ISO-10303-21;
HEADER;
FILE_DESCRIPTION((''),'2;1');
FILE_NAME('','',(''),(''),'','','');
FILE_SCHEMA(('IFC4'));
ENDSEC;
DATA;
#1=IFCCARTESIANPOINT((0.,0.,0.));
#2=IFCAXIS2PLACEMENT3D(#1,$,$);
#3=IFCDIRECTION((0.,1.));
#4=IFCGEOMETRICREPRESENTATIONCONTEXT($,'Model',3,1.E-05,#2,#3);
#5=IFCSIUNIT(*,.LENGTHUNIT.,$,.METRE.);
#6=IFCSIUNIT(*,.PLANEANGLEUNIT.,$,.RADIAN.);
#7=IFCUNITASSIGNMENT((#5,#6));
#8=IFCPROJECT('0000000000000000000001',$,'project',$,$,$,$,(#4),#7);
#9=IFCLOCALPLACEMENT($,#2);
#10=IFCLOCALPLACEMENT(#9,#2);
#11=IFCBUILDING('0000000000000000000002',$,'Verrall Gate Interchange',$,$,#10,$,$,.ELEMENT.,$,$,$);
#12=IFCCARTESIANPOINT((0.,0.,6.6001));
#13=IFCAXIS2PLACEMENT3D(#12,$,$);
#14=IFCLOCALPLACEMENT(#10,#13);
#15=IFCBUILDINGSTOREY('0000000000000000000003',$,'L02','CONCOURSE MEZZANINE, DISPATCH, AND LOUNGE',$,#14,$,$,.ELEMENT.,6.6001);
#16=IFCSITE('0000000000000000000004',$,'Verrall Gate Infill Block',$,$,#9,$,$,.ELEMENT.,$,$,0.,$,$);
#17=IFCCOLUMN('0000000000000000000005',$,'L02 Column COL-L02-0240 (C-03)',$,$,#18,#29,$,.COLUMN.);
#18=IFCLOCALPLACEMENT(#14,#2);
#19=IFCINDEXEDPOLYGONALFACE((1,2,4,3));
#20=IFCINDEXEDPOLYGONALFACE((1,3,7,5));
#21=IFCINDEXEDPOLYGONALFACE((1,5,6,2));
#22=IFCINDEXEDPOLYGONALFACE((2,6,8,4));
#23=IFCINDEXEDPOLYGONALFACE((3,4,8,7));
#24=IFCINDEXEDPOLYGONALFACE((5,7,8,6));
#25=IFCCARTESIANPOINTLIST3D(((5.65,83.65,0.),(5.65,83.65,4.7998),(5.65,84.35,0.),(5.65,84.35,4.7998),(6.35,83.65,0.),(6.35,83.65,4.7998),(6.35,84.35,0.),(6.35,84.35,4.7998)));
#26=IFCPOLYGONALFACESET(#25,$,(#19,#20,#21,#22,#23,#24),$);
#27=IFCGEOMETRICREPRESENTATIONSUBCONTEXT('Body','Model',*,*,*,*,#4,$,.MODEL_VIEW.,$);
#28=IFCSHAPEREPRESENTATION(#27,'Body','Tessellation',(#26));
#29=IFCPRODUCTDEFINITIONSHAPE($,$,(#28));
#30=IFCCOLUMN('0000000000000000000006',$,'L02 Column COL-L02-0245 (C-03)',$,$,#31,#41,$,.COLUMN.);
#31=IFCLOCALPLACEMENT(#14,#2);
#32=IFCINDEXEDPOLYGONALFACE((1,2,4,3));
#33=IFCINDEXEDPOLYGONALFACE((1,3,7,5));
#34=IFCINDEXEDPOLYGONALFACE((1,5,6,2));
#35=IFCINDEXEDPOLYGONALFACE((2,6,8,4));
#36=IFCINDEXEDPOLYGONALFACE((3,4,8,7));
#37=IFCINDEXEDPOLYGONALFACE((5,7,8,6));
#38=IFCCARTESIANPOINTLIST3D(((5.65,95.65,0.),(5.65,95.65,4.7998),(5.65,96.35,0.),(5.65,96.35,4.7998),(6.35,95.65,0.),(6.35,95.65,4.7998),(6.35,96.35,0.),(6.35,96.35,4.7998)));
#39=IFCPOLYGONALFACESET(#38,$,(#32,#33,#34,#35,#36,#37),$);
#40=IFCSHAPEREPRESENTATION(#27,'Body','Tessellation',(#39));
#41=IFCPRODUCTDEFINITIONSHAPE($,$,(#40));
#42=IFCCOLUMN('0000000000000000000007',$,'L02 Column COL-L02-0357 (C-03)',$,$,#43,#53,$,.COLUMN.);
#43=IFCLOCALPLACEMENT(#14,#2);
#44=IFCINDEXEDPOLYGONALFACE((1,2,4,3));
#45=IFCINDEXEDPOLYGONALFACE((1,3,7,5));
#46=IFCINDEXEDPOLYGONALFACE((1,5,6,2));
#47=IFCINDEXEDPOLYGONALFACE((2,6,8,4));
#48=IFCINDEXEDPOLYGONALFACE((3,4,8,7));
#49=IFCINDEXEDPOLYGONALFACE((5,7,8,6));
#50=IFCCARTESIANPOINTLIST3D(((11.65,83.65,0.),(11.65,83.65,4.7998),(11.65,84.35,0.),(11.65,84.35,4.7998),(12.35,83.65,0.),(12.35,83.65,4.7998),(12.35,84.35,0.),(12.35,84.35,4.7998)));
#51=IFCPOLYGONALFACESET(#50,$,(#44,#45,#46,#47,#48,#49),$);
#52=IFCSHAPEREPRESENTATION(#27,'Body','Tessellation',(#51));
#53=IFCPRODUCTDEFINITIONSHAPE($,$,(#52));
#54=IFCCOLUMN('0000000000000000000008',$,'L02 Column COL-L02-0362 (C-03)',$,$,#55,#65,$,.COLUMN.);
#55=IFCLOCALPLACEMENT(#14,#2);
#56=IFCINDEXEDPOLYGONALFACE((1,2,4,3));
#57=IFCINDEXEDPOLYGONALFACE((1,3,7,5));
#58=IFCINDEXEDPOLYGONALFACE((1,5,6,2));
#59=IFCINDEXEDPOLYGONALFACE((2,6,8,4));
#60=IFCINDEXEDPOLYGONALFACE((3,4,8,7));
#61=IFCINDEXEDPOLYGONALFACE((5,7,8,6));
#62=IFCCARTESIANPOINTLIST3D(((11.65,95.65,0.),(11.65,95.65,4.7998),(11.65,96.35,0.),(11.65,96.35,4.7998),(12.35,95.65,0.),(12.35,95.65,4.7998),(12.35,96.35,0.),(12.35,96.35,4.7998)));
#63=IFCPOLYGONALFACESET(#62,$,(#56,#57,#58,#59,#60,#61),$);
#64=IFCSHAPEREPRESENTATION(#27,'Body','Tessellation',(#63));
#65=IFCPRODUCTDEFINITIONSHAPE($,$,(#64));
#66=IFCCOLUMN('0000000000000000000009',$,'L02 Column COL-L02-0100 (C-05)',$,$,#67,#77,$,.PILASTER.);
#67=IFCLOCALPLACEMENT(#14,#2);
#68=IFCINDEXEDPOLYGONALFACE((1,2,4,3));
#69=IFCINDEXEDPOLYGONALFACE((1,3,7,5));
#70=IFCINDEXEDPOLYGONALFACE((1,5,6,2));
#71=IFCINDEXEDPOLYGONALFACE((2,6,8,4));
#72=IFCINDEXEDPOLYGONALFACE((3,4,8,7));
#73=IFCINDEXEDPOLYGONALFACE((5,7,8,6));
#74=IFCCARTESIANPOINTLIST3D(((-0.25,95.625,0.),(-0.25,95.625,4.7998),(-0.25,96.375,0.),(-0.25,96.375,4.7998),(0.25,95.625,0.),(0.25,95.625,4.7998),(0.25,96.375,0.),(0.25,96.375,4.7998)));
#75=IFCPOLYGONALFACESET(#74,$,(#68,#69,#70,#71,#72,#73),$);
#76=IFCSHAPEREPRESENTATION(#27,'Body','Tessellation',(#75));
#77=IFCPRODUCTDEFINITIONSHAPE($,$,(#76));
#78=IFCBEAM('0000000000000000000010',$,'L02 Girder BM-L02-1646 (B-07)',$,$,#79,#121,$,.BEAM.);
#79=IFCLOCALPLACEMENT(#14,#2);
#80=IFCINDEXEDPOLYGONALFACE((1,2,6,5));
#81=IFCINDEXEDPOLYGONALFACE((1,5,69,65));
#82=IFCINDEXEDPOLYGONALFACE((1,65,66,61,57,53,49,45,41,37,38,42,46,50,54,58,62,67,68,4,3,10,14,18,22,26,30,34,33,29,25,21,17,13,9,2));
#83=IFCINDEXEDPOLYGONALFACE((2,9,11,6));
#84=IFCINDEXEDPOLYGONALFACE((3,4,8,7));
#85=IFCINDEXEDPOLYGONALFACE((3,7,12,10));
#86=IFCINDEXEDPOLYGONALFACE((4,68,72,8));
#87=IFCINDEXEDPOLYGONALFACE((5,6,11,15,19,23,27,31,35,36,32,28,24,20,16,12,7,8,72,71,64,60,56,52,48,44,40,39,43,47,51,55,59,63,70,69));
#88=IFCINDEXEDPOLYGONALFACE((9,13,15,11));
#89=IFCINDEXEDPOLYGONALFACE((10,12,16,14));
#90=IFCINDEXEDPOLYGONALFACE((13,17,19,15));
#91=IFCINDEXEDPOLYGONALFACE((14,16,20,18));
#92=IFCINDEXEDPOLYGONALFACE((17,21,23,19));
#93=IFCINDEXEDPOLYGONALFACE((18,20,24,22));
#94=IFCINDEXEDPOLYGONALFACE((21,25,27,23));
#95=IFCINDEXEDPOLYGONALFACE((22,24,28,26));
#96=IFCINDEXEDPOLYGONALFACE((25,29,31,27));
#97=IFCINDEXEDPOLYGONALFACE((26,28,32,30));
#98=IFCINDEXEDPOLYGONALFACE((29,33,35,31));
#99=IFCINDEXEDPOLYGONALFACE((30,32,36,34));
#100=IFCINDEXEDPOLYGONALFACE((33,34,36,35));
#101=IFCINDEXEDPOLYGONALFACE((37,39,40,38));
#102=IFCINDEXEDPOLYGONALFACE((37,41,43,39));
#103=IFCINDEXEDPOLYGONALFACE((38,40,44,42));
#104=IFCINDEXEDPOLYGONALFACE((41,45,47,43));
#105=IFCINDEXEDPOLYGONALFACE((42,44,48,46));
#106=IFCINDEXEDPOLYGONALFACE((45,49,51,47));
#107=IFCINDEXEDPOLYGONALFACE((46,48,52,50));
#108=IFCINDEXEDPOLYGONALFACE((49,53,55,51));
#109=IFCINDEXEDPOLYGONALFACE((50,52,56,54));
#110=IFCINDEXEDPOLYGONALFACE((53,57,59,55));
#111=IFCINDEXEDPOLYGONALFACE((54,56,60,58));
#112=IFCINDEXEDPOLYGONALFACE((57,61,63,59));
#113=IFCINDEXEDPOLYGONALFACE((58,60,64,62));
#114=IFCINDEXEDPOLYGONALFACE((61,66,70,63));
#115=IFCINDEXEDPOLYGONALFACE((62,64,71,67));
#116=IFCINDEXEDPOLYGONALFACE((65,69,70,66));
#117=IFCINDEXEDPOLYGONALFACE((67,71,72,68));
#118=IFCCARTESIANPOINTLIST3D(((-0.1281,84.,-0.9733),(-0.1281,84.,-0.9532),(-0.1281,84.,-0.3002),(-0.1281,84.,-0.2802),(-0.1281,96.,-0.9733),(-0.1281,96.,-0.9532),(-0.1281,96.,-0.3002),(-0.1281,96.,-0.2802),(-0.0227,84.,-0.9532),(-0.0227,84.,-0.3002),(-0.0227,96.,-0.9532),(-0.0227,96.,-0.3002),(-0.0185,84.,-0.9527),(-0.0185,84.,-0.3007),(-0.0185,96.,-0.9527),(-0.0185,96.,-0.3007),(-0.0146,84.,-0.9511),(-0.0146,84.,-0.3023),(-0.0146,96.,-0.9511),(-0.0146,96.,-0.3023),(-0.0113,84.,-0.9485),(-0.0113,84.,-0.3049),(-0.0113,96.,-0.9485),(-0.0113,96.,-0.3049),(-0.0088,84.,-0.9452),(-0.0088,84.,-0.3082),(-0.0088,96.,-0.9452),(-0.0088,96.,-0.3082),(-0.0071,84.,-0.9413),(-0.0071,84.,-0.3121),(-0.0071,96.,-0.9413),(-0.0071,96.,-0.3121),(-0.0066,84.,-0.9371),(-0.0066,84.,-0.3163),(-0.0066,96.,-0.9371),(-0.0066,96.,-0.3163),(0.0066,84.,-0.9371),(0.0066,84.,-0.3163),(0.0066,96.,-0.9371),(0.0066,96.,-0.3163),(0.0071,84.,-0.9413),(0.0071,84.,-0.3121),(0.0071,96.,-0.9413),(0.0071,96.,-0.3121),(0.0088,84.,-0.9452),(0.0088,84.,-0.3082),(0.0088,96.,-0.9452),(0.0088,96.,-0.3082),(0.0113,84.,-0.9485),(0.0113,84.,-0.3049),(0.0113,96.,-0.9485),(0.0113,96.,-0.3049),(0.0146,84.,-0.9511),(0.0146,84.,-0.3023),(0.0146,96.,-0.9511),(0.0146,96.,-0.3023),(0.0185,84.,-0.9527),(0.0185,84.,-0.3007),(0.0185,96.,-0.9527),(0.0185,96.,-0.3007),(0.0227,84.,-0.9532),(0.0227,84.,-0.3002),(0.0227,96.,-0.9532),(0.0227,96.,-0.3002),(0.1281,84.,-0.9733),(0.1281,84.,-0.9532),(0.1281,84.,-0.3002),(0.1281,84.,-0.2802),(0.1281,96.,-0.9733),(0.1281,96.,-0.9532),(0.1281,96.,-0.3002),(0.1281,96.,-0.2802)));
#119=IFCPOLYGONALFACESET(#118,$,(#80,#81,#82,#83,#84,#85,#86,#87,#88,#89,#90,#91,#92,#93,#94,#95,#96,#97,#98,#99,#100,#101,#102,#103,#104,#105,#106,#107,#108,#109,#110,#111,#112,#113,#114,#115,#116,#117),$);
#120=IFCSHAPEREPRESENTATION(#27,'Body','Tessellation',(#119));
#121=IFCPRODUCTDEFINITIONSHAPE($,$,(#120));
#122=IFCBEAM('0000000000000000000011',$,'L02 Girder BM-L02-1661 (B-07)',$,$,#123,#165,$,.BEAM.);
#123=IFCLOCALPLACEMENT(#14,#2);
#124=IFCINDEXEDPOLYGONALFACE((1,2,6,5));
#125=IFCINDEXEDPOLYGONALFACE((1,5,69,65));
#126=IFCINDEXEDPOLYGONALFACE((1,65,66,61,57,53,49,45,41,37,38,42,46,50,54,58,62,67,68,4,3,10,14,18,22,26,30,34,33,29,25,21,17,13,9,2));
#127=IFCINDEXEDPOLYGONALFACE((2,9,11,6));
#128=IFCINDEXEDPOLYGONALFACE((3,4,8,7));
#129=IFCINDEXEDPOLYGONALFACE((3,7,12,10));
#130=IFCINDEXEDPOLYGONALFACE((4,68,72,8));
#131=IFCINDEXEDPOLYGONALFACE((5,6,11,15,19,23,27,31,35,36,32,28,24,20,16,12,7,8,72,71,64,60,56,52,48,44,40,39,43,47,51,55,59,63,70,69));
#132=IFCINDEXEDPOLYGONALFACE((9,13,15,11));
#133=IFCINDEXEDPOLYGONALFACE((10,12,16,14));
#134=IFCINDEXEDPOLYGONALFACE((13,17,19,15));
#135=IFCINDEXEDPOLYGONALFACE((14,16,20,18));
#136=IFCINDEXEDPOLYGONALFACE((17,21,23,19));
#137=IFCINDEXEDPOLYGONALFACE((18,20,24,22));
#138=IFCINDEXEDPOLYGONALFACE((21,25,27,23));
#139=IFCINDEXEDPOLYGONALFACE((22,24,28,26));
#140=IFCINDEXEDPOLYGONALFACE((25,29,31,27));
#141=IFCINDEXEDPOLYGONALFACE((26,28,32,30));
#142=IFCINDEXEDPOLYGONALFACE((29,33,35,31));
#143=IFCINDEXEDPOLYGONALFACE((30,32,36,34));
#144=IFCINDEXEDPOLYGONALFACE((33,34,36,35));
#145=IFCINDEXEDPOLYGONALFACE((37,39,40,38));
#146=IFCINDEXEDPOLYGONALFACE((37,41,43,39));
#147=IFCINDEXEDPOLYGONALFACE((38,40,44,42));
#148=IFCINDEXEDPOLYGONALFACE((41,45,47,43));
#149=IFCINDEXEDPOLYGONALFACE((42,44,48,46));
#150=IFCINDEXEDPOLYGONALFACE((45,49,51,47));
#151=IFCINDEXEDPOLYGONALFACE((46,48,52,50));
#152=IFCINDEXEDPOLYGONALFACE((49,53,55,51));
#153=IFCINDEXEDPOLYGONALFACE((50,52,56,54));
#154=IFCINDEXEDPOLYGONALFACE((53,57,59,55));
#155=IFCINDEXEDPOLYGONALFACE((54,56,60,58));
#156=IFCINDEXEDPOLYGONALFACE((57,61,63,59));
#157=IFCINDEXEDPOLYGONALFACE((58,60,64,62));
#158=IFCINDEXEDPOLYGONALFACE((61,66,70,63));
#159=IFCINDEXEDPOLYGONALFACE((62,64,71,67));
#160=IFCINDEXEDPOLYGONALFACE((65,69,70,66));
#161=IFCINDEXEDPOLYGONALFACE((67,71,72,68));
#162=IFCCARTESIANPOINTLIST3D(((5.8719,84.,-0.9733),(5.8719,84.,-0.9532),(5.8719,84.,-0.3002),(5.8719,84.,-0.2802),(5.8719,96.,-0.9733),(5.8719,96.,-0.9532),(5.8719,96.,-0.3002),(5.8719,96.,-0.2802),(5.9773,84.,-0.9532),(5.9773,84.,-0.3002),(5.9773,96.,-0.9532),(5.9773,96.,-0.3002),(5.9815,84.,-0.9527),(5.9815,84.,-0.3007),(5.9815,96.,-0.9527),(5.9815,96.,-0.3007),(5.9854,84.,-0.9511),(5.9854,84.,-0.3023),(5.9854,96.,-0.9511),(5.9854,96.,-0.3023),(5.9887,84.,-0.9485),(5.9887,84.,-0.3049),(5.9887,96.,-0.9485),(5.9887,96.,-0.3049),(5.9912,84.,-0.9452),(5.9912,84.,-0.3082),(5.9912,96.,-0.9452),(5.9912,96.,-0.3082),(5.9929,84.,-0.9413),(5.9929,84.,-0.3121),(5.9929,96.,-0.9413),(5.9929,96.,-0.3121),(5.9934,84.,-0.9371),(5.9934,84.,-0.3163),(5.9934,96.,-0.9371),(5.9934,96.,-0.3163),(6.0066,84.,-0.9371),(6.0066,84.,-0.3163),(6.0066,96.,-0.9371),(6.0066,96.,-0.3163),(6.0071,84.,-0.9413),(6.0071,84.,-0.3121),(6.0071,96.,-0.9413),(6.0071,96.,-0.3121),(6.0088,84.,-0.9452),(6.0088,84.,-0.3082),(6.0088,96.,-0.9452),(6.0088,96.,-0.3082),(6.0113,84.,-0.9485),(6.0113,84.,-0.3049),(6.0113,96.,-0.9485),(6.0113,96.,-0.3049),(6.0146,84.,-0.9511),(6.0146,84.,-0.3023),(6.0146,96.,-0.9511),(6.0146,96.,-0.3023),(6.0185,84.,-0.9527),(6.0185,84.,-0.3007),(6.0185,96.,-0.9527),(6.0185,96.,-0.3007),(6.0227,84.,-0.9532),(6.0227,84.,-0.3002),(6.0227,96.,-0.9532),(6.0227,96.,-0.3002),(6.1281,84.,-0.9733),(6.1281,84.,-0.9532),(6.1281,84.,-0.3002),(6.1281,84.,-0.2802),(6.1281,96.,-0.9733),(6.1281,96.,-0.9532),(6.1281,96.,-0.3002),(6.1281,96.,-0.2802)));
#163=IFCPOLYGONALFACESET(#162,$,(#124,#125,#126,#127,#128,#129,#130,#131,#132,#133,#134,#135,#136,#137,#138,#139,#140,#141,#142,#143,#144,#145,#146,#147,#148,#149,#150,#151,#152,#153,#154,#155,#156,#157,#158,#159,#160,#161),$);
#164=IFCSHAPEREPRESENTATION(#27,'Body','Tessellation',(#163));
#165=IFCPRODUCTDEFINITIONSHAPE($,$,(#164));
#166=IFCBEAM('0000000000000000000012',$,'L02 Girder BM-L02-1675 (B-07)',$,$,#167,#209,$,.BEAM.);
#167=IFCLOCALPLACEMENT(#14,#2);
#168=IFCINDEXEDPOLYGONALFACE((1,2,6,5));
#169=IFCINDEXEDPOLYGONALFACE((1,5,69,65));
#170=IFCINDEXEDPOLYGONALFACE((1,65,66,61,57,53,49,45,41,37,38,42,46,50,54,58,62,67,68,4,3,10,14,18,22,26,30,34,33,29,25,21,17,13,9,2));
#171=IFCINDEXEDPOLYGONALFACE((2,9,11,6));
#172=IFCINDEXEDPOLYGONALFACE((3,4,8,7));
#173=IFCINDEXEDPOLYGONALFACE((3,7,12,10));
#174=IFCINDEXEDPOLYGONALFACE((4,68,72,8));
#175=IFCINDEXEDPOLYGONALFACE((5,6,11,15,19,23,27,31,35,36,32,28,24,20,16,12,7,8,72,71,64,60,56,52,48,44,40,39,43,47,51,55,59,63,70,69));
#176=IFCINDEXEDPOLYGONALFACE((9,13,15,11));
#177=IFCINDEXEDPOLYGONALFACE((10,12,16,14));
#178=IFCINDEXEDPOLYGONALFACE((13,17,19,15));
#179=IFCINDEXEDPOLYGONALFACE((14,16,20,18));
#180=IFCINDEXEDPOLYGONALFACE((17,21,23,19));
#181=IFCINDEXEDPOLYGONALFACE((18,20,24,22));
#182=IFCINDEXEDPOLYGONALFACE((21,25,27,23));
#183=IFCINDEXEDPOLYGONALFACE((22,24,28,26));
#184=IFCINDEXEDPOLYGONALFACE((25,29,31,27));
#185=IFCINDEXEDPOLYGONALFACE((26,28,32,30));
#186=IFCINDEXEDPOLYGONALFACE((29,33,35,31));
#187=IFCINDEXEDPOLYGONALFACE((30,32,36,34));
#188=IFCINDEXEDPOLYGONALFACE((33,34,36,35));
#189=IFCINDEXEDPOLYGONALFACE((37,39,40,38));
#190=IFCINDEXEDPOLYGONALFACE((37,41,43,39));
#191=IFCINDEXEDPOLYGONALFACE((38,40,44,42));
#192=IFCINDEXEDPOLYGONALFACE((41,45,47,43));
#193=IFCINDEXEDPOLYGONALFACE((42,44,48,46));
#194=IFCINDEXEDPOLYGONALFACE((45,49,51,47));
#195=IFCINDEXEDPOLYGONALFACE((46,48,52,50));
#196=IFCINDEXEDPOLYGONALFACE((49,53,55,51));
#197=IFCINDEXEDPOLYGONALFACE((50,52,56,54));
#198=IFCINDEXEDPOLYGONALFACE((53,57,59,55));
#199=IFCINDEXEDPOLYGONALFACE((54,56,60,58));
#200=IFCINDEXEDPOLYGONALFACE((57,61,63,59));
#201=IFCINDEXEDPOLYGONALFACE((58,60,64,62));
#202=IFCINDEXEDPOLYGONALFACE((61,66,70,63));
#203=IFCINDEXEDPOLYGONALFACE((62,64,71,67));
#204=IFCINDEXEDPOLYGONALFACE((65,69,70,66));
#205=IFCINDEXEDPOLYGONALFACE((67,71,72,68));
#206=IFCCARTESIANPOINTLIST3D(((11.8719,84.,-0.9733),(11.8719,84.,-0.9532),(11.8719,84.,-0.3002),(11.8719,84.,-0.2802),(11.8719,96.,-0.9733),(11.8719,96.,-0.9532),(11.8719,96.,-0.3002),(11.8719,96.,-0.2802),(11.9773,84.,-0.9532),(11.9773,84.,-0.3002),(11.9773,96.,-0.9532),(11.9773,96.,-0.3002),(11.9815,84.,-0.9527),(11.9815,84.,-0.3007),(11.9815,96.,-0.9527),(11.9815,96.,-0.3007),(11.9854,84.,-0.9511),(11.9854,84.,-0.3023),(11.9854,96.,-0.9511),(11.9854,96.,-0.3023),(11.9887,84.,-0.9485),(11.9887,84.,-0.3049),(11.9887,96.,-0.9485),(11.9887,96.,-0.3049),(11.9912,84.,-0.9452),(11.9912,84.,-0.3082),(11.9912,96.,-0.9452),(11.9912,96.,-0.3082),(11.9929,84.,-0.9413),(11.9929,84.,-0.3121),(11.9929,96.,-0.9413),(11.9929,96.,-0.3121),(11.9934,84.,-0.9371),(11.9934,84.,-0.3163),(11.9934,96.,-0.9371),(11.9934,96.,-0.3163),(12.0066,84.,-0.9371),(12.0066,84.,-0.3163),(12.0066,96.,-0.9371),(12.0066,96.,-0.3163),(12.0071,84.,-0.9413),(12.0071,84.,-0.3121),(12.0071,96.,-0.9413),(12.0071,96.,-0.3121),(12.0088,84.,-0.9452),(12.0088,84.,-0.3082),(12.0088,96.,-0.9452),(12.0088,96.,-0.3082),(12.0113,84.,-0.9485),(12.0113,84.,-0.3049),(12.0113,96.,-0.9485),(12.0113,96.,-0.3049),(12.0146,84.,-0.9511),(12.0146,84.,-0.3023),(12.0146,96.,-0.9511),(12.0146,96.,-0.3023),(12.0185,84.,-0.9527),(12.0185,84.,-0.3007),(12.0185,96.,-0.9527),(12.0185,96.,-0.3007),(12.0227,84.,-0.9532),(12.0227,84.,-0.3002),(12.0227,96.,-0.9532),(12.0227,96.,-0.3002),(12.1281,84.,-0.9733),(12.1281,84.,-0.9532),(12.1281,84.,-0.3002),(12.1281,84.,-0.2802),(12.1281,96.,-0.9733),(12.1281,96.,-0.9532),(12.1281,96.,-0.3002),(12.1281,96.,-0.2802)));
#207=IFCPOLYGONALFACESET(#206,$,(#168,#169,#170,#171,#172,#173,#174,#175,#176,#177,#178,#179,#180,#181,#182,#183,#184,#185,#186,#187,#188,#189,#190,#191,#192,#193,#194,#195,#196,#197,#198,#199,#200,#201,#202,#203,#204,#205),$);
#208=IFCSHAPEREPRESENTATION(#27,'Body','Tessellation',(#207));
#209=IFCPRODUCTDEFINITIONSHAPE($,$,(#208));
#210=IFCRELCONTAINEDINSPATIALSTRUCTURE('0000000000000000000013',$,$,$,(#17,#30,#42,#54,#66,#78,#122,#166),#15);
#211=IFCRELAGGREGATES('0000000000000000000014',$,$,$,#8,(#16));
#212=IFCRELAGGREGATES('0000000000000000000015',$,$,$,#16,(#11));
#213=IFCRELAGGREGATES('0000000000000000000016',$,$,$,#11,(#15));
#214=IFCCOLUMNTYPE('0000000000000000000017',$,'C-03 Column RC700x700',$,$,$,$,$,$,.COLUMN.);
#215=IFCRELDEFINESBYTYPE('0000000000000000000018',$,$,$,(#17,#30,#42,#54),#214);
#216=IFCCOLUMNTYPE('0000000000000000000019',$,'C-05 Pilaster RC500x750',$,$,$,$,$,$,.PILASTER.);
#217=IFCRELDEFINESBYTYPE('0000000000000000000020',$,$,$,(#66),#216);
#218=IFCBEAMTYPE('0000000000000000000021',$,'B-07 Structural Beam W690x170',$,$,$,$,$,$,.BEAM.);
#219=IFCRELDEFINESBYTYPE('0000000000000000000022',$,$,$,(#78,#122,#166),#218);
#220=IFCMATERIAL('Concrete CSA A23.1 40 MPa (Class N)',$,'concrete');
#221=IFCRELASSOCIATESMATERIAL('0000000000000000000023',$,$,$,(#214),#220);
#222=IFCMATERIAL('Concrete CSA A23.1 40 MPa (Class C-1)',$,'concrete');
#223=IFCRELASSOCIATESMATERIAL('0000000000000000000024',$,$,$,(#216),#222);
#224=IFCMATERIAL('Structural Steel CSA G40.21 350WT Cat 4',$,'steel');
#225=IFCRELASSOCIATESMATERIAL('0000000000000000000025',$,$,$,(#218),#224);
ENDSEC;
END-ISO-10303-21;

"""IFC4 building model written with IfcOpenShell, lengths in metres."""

from ifc_helpers import new_model, si_unit, direction, frame, origin, origin_2d, place, context, subcontext, project, spatial, rectangle, i_section, extrude, material, material_profile, profile_set, type_object, element, save


model = new_model("IFC4")

# Units and contexts
model_context = context("Model", 3, precision=1e-05, world=origin(), true_north=direction((0.0, 1.0)))
body_context = subcontext(model_context, "Body", "Model", "MODEL_VIEW")
ifc_project = project(units=[si_unit("LENGTHUNIT", "METRE"), si_unit("PLANEANGLEUNIT", "RADIAN")], contexts=[model_context])

# Site, building, storey
site_placement = place(None, origin())
site = spatial("IfcSite", under=ifc_project, at=site_placement, Name="Verrall Gate Infill Block", CompositionType="ELEMENT", RefElevation=0.0)
building_placement = place(site_placement, origin())
building = spatial("IfcBuilding", under=site, at=building_placement, Name="Verrall Gate Interchange", CompositionType="ELEMENT")
storey_placement = place(building_placement, frame((0.0, 0.0, 6.6001)))
storey = spatial("IfcBuildingStorey", under=building, at=storey_placement, Name="L02", Description="CONCOURSE MEZZANINE, DISPATCH, AND LOUNGE", CompositionType="ELEMENT", Elevation=6.6001)

# Columns
ifc_material_1 = material(Name="Concrete CSA A23.1 40 MPa (Class N)", Category="concrete")
ifc_material_profile_1 = material_profile(ifc_material_1, rectangle(XDim=0.7, YDim=0.7, at=origin_2d()), Name="RC700x700")
ifc_profile_set_1 = profile_set([ifc_material_profile_1], Name="Concrete CSA A23.1 40 MPa (Class N)")
column_type_1 = type_object("IfcColumnType", Name="C-03 Column RC700x700", PredefinedType="COLUMN", material=ifc_profile_set_1)
for number, where, z_axis, x_axis, name in (
    (1, (6.0, 84.0, 0.0), (0.0, 0.0, 1.0), (1.0, 0.0, 0.0), "L02 Column COL-L02-0240 (C-03)"),
    (2, (6.0, 96.0, 0.0), (0.0, 0.0, 1.0), (1.0, 0.0, 0.0), "L02 Column COL-L02-0245 (C-03)"),
    (3, (12.0, 84.0, 0.0), (0.0, 0.0, 1.0), (1.0, 0.0, 0.0), "L02 Column COL-L02-0357 (C-03)"),
    (4, (12.0, 96.0, 0.0), (0.0, 0.0, 1.0), (1.0, 0.0, 0.0), "L02 Column COL-L02-0362 (C-03)"),
):
    element("IfcColumn", number, at=place(storey_placement, frame(where, z_axis=z_axis, x_axis=x_axis)), inside=storey, type_object=column_type_1, Name=name, PredefinedType="COLUMN", context=body_context, shape_type="SweptSolid", body=[
        extrude(rectangle(XDim=0.7, YDim=0.7, at=origin_2d()), origin(), (0.0, 0.0, 1.0), 4.7998),
    ])
ifc_material_2 = material(Name="Concrete CSA A23.1 40 MPa (Class C-1)", Category="concrete")
ifc_material_profile_2 = material_profile(ifc_material_2, rectangle(XDim=0.5, YDim=0.75, at=origin_2d()), Name="RC500x750")
ifc_profile_set_2 = profile_set([ifc_material_profile_2], Name="Concrete CSA A23.1 40 MPa (Class C-1)")
column_type_2 = type_object("IfcColumnType", Name="C-05 Pilaster RC500x750", PredefinedType="PILASTER", material=ifc_profile_set_2)
column_placement = place(storey_placement, frame((0.0, 96.0, 0.0), z_axis=(0.0, 0.0, 1.0), x_axis=(1.0, 0.0, 0.0)))
element("IfcColumn", 5, at=column_placement, inside=storey, type_object=column_type_2, Name="L02 Column COL-L02-0100 (C-05)", PredefinedType="PILASTER", context=body_context, shape_type="SweptSolid", body=[
    extrude(rectangle(XDim=0.5, YDim=0.75, at=origin_2d()), origin(), (0.0, 0.0, 1.0), 4.7998),
])

# Beams
ifc_material_3 = material(Name="Structural Steel CSA G40.21 350WT Cat 4", Category="steel")
ifc_material_profile_3 = material_profile(ifc_material_3, i_section(OverallWidth=0.2561, OverallDepth=0.6931, WebThickness=0.0132, FlangeThickness=0.02, FilletRadius=0.0161, at=origin_2d()), Name="W690x170")
ifc_profile_set_3 = profile_set([ifc_material_profile_3], Name="Structural Steel CSA G40.21 350WT Cat 4")
beam_type_1 = type_object("IfcBeamType", Name="B-07 Structural Beam W690x170", PredefinedType="BEAM", material=ifc_profile_set_3)
for number, where, z_axis, x_axis, name in (
    (6, (0.0, 84.0, -0.6267), (0.0, 1.0, 0.0), (-1.0, 0.0, 0.0), "L02 Girder BM-L02-1646 (B-07)"),
    (7, (6.0, 84.0, -0.6267), (0.0, 1.0, 0.0), (-1.0, 0.0, 0.0), "L02 Girder BM-L02-1661 (B-07)"),
    (8, (12.0, 84.0, -0.6267), (0.0, 1.0, 0.0), (-1.0, 0.0, 0.0), "L02 Girder BM-L02-1675 (B-07)"),
):
    element("IfcBeam", number, at=place(storey_placement, frame(where, z_axis=z_axis, x_axis=x_axis)), inside=storey, type_object=beam_type_1, Name=name, PredefinedType="BEAM", context=body_context, shape_type="SweptSolid", body=[
        extrude(i_section(OverallWidth=0.2561, OverallDepth=0.6931, WebThickness=0.0132, FlangeThickness=0.02, FilletRadius=0.0161, at=origin_2d()), origin(), (0.0, 0.0, 1.0), 12.0),
    ])

save(model, "model.ifc")
